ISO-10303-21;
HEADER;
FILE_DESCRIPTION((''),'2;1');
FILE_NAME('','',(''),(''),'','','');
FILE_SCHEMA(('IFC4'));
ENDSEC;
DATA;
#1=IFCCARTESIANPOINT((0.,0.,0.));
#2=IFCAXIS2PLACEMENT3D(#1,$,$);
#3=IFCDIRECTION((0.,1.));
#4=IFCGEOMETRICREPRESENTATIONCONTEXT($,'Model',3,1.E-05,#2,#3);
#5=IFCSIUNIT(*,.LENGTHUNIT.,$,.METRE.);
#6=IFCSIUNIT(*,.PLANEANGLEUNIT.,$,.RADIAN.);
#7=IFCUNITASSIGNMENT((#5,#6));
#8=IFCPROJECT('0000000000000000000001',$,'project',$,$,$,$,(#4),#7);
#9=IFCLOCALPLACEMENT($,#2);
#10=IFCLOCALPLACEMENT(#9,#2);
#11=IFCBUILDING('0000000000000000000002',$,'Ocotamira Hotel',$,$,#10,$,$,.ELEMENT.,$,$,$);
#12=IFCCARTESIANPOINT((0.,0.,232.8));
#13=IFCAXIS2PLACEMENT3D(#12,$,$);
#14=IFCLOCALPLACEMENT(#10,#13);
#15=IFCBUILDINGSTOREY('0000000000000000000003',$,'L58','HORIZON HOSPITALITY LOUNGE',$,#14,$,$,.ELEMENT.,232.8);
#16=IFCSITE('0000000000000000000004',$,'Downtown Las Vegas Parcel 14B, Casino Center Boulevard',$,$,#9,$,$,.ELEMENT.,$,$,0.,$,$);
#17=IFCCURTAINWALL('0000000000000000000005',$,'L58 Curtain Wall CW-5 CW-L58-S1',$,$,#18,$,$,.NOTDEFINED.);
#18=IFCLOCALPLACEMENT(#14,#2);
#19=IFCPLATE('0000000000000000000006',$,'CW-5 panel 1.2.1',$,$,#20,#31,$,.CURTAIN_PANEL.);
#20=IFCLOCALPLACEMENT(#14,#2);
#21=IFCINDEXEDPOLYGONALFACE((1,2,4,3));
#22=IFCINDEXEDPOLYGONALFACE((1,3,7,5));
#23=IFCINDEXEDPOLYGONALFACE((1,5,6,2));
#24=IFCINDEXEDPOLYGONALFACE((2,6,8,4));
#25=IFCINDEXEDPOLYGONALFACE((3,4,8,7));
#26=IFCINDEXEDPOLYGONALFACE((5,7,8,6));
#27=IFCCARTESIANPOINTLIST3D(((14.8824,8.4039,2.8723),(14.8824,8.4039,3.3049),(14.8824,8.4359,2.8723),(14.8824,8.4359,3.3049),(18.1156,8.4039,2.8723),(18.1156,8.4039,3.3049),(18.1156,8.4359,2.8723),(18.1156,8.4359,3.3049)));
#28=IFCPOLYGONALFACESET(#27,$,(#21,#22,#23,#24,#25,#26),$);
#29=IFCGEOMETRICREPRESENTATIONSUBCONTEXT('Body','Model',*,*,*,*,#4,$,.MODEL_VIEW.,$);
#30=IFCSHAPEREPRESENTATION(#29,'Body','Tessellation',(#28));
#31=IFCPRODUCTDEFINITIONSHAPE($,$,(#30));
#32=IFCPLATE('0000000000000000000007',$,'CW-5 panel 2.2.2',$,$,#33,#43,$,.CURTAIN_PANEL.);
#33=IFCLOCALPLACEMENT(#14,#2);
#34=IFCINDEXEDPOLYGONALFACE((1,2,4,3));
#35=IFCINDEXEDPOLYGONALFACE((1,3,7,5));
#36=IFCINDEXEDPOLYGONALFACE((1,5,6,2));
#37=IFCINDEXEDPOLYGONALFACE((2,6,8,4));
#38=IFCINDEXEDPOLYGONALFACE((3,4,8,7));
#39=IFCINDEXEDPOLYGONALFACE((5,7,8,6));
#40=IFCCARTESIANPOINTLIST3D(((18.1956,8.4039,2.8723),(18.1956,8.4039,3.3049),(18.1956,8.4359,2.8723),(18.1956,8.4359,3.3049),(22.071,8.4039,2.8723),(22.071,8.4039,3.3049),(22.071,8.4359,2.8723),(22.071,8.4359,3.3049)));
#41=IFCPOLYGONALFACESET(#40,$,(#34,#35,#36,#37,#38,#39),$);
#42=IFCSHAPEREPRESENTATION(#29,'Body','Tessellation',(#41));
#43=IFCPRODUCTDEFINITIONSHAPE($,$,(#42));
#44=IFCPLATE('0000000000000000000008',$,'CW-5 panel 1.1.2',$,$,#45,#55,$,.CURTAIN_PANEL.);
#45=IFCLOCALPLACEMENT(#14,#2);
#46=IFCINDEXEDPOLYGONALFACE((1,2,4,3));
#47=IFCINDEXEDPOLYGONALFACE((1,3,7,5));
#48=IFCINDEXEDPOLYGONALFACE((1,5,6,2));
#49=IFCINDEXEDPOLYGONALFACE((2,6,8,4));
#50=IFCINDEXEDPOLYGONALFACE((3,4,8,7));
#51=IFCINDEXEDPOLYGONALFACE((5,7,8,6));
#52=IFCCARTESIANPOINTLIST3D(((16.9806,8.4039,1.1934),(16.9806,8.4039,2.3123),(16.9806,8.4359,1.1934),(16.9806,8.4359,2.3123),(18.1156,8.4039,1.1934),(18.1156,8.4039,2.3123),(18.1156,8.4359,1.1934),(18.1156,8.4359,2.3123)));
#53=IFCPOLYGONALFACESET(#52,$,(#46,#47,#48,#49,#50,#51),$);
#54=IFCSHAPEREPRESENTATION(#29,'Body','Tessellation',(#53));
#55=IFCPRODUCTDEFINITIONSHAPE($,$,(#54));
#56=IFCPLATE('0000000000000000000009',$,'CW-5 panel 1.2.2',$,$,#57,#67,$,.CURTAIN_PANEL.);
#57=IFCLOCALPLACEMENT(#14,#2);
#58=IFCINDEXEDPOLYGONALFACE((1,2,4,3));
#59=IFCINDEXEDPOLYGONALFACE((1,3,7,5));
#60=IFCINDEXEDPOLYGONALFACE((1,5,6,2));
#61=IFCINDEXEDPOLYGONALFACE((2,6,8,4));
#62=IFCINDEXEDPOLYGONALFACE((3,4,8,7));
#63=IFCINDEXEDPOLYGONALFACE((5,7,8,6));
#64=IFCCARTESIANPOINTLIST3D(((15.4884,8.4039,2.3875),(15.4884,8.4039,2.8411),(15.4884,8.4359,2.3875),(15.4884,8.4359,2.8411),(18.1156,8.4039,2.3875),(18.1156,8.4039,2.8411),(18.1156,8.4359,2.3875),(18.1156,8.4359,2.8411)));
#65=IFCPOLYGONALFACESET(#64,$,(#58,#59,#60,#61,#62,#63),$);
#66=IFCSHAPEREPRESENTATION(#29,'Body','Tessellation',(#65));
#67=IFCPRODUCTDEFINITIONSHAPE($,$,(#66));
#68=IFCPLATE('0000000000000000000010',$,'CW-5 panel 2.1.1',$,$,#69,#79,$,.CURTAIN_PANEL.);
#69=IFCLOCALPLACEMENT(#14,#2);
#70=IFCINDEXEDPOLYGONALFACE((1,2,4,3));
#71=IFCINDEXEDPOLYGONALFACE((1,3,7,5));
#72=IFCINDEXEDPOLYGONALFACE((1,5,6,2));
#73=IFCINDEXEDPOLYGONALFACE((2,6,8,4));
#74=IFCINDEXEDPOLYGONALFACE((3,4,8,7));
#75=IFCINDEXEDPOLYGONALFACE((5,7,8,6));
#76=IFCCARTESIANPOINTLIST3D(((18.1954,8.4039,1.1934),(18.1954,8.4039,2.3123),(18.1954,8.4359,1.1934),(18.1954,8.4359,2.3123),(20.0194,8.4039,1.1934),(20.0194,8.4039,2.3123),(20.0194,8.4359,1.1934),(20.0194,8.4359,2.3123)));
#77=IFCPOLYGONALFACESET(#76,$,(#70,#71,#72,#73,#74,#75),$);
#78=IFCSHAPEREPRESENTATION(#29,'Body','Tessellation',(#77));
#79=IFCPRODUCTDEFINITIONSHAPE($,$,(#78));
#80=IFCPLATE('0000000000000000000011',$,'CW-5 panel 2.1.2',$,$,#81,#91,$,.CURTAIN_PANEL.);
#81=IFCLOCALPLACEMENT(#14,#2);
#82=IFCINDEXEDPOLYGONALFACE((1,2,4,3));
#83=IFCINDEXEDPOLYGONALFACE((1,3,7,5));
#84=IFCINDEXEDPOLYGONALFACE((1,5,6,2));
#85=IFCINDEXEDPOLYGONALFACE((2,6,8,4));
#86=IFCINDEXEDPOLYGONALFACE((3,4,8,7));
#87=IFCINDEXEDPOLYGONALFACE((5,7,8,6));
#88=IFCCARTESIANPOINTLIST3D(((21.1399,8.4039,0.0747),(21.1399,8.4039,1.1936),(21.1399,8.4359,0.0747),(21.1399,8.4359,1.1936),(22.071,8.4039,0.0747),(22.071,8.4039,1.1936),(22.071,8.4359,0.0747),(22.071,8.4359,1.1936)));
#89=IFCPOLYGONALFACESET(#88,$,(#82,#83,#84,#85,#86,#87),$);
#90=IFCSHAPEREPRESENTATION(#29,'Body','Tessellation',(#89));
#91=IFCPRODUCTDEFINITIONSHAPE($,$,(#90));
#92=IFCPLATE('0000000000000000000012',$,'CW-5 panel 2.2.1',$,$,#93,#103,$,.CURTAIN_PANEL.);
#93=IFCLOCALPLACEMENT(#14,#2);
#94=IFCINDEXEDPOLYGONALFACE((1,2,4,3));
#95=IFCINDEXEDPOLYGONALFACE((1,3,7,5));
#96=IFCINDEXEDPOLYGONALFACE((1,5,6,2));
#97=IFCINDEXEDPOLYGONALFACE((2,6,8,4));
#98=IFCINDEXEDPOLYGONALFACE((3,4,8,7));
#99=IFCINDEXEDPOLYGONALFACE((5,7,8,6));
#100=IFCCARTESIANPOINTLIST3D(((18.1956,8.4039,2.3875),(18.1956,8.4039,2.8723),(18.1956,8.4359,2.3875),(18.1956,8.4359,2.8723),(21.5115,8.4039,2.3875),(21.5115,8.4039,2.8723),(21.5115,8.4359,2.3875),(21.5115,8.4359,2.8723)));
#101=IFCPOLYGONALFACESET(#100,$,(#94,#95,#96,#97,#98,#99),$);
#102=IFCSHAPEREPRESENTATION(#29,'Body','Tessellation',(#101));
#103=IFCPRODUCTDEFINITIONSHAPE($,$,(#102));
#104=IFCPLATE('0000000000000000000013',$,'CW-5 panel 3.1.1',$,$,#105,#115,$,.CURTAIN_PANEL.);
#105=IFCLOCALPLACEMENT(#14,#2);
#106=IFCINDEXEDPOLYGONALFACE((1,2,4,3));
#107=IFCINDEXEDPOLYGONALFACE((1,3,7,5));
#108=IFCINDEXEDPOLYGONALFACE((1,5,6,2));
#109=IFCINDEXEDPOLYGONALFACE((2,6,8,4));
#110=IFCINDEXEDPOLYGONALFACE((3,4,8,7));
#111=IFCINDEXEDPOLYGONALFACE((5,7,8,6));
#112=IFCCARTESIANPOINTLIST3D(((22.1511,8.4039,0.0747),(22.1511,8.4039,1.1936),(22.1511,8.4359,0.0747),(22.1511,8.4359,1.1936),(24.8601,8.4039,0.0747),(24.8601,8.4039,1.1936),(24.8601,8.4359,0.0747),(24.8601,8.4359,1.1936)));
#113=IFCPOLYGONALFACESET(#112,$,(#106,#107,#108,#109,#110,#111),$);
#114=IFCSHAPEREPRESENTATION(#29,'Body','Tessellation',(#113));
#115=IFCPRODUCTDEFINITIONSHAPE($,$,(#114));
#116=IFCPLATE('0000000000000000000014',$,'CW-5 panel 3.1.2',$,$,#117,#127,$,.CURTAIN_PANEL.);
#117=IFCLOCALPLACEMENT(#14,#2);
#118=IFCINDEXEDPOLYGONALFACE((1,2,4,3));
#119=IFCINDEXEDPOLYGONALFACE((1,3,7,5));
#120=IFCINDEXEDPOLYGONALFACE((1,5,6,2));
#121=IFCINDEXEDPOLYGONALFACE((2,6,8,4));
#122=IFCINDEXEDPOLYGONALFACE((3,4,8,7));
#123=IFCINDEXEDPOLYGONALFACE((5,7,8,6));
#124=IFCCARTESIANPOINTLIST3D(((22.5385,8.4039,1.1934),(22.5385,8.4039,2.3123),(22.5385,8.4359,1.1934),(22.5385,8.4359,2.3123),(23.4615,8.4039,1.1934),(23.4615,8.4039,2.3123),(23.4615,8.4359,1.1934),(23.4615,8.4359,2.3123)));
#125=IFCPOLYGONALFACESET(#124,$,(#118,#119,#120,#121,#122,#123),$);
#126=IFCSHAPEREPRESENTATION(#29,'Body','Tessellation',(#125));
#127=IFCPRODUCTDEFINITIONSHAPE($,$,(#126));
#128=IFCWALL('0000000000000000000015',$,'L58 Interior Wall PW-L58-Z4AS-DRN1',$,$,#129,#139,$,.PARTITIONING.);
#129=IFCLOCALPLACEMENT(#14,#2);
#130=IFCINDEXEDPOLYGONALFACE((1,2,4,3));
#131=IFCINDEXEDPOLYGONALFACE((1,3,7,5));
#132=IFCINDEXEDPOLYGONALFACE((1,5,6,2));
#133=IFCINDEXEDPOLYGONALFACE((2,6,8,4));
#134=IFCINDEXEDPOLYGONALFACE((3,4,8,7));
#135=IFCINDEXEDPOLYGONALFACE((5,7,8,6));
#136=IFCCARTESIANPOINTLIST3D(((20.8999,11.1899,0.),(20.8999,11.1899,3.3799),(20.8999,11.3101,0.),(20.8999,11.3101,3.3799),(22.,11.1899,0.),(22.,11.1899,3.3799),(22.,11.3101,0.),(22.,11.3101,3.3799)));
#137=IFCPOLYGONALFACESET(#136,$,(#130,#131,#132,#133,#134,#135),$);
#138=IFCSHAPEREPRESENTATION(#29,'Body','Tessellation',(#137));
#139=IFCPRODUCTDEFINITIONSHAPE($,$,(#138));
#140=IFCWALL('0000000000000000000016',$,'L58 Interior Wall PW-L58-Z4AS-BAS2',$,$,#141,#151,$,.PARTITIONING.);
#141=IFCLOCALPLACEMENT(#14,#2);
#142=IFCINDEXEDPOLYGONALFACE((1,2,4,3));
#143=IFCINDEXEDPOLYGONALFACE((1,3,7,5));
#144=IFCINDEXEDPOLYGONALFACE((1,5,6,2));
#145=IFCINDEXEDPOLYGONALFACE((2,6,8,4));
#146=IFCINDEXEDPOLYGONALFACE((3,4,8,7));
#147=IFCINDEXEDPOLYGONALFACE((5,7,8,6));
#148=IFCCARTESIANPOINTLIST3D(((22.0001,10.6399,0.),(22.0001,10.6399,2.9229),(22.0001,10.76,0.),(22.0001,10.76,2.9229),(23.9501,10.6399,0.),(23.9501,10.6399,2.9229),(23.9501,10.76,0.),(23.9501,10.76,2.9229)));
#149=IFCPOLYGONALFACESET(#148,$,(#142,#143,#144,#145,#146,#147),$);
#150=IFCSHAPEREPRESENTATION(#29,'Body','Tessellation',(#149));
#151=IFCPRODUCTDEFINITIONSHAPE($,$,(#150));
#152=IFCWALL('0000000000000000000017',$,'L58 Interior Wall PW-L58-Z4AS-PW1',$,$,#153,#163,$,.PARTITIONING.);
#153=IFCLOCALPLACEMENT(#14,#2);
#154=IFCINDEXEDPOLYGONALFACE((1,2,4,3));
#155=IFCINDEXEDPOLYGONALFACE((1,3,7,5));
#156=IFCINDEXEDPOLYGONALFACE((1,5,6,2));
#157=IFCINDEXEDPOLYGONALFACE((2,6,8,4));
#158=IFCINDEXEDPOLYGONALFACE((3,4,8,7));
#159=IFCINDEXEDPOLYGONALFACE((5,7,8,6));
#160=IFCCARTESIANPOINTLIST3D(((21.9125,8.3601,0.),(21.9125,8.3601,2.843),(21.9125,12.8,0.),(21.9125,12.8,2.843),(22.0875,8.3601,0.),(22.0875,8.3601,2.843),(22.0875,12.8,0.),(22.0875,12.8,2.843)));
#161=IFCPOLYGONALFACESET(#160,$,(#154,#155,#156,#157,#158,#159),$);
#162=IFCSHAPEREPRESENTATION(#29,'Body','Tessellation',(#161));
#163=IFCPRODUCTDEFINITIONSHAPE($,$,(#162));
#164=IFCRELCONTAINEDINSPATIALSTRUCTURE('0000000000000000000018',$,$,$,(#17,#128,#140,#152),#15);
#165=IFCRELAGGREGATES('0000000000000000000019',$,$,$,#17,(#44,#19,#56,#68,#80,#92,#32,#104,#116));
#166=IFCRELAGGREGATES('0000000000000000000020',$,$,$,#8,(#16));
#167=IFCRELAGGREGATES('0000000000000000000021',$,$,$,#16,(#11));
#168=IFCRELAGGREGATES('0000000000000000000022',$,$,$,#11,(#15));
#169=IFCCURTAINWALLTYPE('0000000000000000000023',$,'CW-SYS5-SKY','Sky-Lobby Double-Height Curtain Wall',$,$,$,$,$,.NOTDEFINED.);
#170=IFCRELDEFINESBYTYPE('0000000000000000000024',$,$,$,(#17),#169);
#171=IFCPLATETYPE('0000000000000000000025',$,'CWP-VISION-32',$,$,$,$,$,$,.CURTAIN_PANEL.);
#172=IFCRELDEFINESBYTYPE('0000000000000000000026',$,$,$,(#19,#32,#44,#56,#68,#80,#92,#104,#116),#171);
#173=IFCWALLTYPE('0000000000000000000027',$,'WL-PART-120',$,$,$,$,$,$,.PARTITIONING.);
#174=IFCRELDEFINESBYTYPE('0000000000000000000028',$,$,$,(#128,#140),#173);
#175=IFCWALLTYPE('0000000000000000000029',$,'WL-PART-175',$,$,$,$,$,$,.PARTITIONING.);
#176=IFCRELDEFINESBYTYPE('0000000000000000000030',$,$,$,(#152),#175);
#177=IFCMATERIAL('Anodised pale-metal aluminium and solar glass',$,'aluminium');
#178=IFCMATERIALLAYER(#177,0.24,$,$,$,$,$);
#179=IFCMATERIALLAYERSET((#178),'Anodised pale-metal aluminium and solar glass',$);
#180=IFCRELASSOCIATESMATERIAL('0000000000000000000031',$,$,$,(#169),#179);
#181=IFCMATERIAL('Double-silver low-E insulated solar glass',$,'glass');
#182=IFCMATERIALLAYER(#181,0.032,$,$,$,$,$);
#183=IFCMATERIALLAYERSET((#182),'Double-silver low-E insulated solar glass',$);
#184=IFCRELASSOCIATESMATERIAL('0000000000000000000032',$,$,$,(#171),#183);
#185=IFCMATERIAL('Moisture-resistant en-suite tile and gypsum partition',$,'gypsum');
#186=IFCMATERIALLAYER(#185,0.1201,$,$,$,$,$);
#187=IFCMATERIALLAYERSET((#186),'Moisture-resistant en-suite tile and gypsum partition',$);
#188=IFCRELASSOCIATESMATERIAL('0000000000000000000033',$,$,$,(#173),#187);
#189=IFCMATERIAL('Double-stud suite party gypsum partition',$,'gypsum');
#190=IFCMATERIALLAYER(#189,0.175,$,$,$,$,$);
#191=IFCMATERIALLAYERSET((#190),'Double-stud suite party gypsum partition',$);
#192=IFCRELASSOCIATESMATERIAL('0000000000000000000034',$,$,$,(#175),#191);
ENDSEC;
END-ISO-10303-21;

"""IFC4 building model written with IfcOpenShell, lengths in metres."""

from ifc_helpers import new_model, si_unit, direction, frame, frame_2d, origin, origin_2d, place, context, subcontext, project, spatial, rectangle, extrude, source, transform, mapped, material, layer, layer_set, type_object, element, aggregate, save


model = new_model("IFC4")

# Units and contexts
model_context = context("Model", 3, precision=1e-05, world=origin(), true_north=direction((0.0, 1.0)))
body_context = subcontext(model_context, "Body", "Model", "MODEL_VIEW")
ifc_project = project(units=[si_unit("LENGTHUNIT", "METRE"), si_unit("PLANEANGLEUNIT", "RADIAN")], contexts=[model_context])

# Site, building, storey
site_placement = place(None, origin())
site = spatial("IfcSite", under=ifc_project, at=site_placement, Name="Downtown Las Vegas Parcel 14B, Casino Center Boulevard", CompositionType="ELEMENT", RefElevation=0.0)
building_placement = place(site_placement, origin())
building = spatial("IfcBuilding", under=site, at=building_placement, Name="Ocotamira Hotel", CompositionType="ELEMENT")
storey_placement = place(building_placement, frame((0.0, 0.0, 232.8)))
storey = spatial("IfcBuildingStorey", under=building, at=storey_placement, Name="L58", Description="HORIZON HOSPITALITY LOUNGE", CompositionType="ELEMENT", Elevation=232.8)

# Curtain wall
ifc_material_1 = material(Name="Anodised pale-metal aluminium and solar glass", Category="aluminium")
ifc_layer_1 = layer(ifc_material_1, 0.24)
ifc_layer_set_1 = layer_set([ifc_layer_1], Name="Anodised pale-metal aluminium and solar glass")
curtain_wall_type = type_object("IfcCurtainWallType", Name="CW-SYS5-SKY", Description="Sky-Lobby Double-Height Curtain Wall", PredefinedType="NOTDEFINED", material=ifc_layer_set_1)
curtain_wall_placement = place(storey_placement, origin())
curtain_wall = element("IfcCurtainWall", 1, at=curtain_wall_placement, inside=storey, type_object=curtain_wall_type, Name="L58 Curtain Wall CW-5 CW-L58-S1", PredefinedType="NOTDEFINED")

# Plates
ifc_material_2 = material(Name="Double-silver low-E insulated solar glass", Category="glass")
ifc_layer_2 = layer(ifc_material_2, 0.032)
ifc_layer_set_2 = layer_set([ifc_layer_2], Name="Double-silver low-E insulated solar glass")
plate_type_1 = type_object("IfcPlateType", Name="CWP-VISION-32", PredefinedType="CURTAIN_PANEL", material=ifc_layer_set_2)
shared_shape_1 = source(origin(), body_context, "Body", "SweptSolid", [
    extrude(rectangle(XDim=3.2332, YDim=0.032, at=origin_2d()), origin(), (0.0, 0.0, 1.0), 0.4326),
])
plate_1_placement = place(storey_placement, frame((16.499, 8.4199, 2.8723), z_axis=(0.0, 0.0, 1.0), x_axis=(1.0, 0.0, 0.0)))
plate_1 = element("IfcPlate", 2, at=plate_1_placement, type_object=plate_type_1, Name="CW-5 panel 1.2.1", PredefinedType="CURTAIN_PANEL", context=body_context, shape_type="MappedRepresentation", body=[
    mapped(shared_shape_1, transform((0.0, 0.0, 0.0), scale=1.0)),
])
shared_shape_2 = source(origin(), body_context, "Body", "SweptSolid", [
    extrude(rectangle(XDim=3.8755, YDim=0.032, at=origin_2d()), origin(), (0.0, 0.0, 1.0), 0.4326),
])
plate_2_placement = place(storey_placement, frame((20.1333, 8.4199, 2.8723), z_axis=(0.0, 0.0, 1.0), x_axis=(1.0, 0.0, 0.0)))
plate_2 = element("IfcPlate", 3, at=plate_2_placement, type_object=plate_type_1, Name="CW-5 panel 2.2.2", PredefinedType="CURTAIN_PANEL", context=body_context, shape_type="MappedRepresentation", body=[
    mapped(shared_shape_2, transform((0.0, 0.0, 0.0), scale=1.0)),
])
shared_shape_3 = source(origin(), body_context, "Body", "SweptSolid", [
    extrude(rectangle(XDim=1.135, YDim=0.032, at=origin_2d()), origin(), (0.0, 0.0, 1.0), 1.1189),
])
plate_3_placement = place(storey_placement, frame((17.5481, 8.4199, 1.1934), z_axis=(0.0, 0.0, 1.0), x_axis=(1.0, 0.0, 0.0)))
plate_3 = element("IfcPlate", 4, at=plate_3_placement, type_object=plate_type_1, Name="CW-5 panel 1.1.2", PredefinedType="CURTAIN_PANEL", context=body_context, shape_type="MappedRepresentation", body=[
    mapped(shared_shape_3, transform((0.0, 0.0, 0.0), scale=1.0)),
])
shared_shape_4 = source(origin(), body_context, "Body", "SweptSolid", [
    extrude(rectangle(XDim=2.6272, YDim=0.032, at=origin_2d()), origin(), (0.0, 0.0, 1.0), 0.4536),
])
plate_4_placement = place(storey_placement, frame((16.802, 8.4199, 2.3875), z_axis=(0.0, 0.0, 1.0), x_axis=(1.0, 0.0, 0.0)))
plate_4 = element("IfcPlate", 5, at=plate_4_placement, type_object=plate_type_1, Name="CW-5 panel 1.2.2", PredefinedType="CURTAIN_PANEL", context=body_context, shape_type="MappedRepresentation", body=[
    mapped(shared_shape_4, transform((0.0, 0.0, 0.0), scale=1.0)),
])
shared_shape_5 = source(origin(), body_context, "Body", "SweptSolid", [
    extrude(rectangle(XDim=1.824, YDim=0.032, at=origin_2d()), origin(), (0.0, 0.0, 1.0), 1.1189),
])
plate_5_placement = place(storey_placement, frame((19.1074, 8.4199, 1.1934), z_axis=(0.0, 0.0, 1.0), x_axis=(1.0, 0.0, 0.0)))
plate_5 = element("IfcPlate", 6, at=plate_5_placement, type_object=plate_type_1, Name="CW-5 panel 2.1.1", PredefinedType="CURTAIN_PANEL", context=body_context, shape_type="MappedRepresentation", body=[
    mapped(shared_shape_5, transform((0.0, 0.0, 0.0), scale=1.0)),
])
shared_shape_6 = source(origin(), body_context, "Body", "SweptSolid", [
    extrude(rectangle(XDim=0.9312, YDim=0.032, at=origin_2d()), origin(), (0.0, 0.0, 1.0), 1.1189),
])
plate_6_placement = place(storey_placement, frame((21.6055, 8.4199, 0.0747), z_axis=(0.0, 0.0, 1.0), x_axis=(1.0, 0.0, 0.0)))
plate_6 = element("IfcPlate", 7, at=plate_6_placement, type_object=plate_type_1, Name="CW-5 panel 2.1.2", PredefinedType="CURTAIN_PANEL", context=body_context, shape_type="MappedRepresentation", body=[
    mapped(shared_shape_6, transform((0.0, 0.0, 0.0), scale=1.0)),
])
shared_shape_7 = source(origin(), body_context, "Body", "SweptSolid", [
    extrude(rectangle(XDim=3.3159, YDim=0.032, at=origin_2d()), origin(), (0.0, 0.0, 1.0), 0.4849),
])
plate_7_placement = place(storey_placement, frame((19.8535, 8.4199, 2.3875), z_axis=(0.0, 0.0, 1.0), x_axis=(1.0, 0.0, 0.0)))
plate_7 = element("IfcPlate", 8, at=plate_7_placement, type_object=plate_type_1, Name="CW-5 panel 2.2.1", PredefinedType="CURTAIN_PANEL", context=body_context, shape_type="MappedRepresentation", body=[
    mapped(shared_shape_7, transform((0.0, 0.0, 0.0), scale=1.0)),
])
shared_shape_8 = source(origin(), body_context, "Body", "SweptSolid", [
    extrude(rectangle(XDim=2.709, YDim=0.032, at=origin_2d()), origin(), (0.0, 0.0, 1.0), 1.1189),
])
plate_8_placement = place(storey_placement, frame((23.5056, 8.4199, 0.0747), z_axis=(0.0, 0.0, 1.0), x_axis=(1.0, 0.0, 0.0)))
plate_8 = element("IfcPlate", 9, at=plate_8_placement, type_object=plate_type_1, Name="CW-5 panel 3.1.1", PredefinedType="CURTAIN_PANEL", context=body_context, shape_type="MappedRepresentation", body=[
    mapped(shared_shape_8, transform((0.0, 0.0, 0.0), scale=1.0)),
])
shared_shape_9 = source(origin(), body_context, "Body", "SweptSolid", [
    extrude(rectangle(XDim=0.9231, YDim=0.032, at=origin_2d()), origin(), (0.0, 0.0, 1.0), 1.1189),
])
plate_9_placement = place(storey_placement, frame((23.0, 8.4199, 1.1934), z_axis=(0.0, 0.0, 1.0), x_axis=(1.0, 0.0, 0.0)))
plate_9 = element("IfcPlate", 10, at=plate_9_placement, type_object=plate_type_1, Name="CW-5 panel 3.1.2", PredefinedType="CURTAIN_PANEL", context=body_context, shape_type="MappedRepresentation", body=[
    mapped(shared_shape_9, transform((0.0, 0.0, 0.0), scale=1.0)),
])
aggregate(curtain_wall, [plate_3, plate_1, plate_4, plate_5, plate_6, plate_7, plate_2, plate_8, plate_9])

# Walls
ifc_material_3 = material(Name="Moisture-resistant en-suite tile and gypsum partition", Category="gypsum")
ifc_layer_3 = layer(ifc_material_3, 0.1201)
ifc_layer_set_3 = layer_set([ifc_layer_3], Name="Moisture-resistant en-suite tile and gypsum partition")
wall_type_1 = type_object("IfcWallType", Name="WL-PART-120", PredefinedType="PARTITIONING", material=ifc_layer_set_3)
wall_1_placement = place(storey_placement, frame((20.8999, 11.25, 0.0), z_axis=(0.0, 0.0, 1.0), x_axis=(1.0, 0.0, 0.0)))
element("IfcWall", 11, at=wall_1_placement, inside=storey, type_object=wall_type_1, Name="L58 Interior Wall PW-L58-Z4AS-DRN1", PredefinedType="PARTITIONING", context=body_context, shape_type="SweptSolid", body=[
    extrude(rectangle(XDim=1.1001, YDim=0.1201, at=frame_2d((0.55, 0.0))), origin(), (0.0, 0.0, 1.0), 3.3799),
])
wall_2_placement = place(storey_placement, frame((22.0, 10.7, 0.0), z_axis=(0.0, 0.0, 1.0), x_axis=(1.0, 0.0, 0.0)))
element("IfcWall", 12, at=wall_2_placement, inside=storey, type_object=wall_type_1, Name="L58 Interior Wall PW-L58-Z4AS-BAS2", PredefinedType="PARTITIONING", context=body_context, shape_type="SweptSolid", body=[
    extrude(rectangle(XDim=1.95, YDim=0.1201, at=frame_2d((0.9751, 0.0))), origin(), (0.0, 0.0, 1.0), 2.9229),
])
ifc_material_4 = material(Name="Double-stud suite party gypsum partition", Category="gypsum")
ifc_layer_4 = layer(ifc_material_4, 0.175)
ifc_layer_set_4 = layer_set([ifc_layer_4], Name="Double-stud suite party gypsum partition")
wall_type_2 = type_object("IfcWallType", Name="WL-PART-175", PredefinedType="PARTITIONING", material=ifc_layer_set_4)
wall_3_placement = place(storey_placement, frame((22.0, 8.3601, 0.0), z_axis=(0.0, 0.0, 1.0), x_axis=(0.0, 1.0, 0.0)))
element("IfcWall", 13, at=wall_3_placement, inside=storey, type_object=wall_type_2, Name="L58 Interior Wall PW-L58-Z4AS-PW1", PredefinedType="PARTITIONING", context=body_context, shape_type="SweptSolid", body=[
    extrude(rectangle(XDim=4.4399, YDim=0.175, at=frame_2d((2.22, 0.0))), origin(), (0.0, 0.0, 1.0), 2.843),
])

save(model, "model.ifc")
